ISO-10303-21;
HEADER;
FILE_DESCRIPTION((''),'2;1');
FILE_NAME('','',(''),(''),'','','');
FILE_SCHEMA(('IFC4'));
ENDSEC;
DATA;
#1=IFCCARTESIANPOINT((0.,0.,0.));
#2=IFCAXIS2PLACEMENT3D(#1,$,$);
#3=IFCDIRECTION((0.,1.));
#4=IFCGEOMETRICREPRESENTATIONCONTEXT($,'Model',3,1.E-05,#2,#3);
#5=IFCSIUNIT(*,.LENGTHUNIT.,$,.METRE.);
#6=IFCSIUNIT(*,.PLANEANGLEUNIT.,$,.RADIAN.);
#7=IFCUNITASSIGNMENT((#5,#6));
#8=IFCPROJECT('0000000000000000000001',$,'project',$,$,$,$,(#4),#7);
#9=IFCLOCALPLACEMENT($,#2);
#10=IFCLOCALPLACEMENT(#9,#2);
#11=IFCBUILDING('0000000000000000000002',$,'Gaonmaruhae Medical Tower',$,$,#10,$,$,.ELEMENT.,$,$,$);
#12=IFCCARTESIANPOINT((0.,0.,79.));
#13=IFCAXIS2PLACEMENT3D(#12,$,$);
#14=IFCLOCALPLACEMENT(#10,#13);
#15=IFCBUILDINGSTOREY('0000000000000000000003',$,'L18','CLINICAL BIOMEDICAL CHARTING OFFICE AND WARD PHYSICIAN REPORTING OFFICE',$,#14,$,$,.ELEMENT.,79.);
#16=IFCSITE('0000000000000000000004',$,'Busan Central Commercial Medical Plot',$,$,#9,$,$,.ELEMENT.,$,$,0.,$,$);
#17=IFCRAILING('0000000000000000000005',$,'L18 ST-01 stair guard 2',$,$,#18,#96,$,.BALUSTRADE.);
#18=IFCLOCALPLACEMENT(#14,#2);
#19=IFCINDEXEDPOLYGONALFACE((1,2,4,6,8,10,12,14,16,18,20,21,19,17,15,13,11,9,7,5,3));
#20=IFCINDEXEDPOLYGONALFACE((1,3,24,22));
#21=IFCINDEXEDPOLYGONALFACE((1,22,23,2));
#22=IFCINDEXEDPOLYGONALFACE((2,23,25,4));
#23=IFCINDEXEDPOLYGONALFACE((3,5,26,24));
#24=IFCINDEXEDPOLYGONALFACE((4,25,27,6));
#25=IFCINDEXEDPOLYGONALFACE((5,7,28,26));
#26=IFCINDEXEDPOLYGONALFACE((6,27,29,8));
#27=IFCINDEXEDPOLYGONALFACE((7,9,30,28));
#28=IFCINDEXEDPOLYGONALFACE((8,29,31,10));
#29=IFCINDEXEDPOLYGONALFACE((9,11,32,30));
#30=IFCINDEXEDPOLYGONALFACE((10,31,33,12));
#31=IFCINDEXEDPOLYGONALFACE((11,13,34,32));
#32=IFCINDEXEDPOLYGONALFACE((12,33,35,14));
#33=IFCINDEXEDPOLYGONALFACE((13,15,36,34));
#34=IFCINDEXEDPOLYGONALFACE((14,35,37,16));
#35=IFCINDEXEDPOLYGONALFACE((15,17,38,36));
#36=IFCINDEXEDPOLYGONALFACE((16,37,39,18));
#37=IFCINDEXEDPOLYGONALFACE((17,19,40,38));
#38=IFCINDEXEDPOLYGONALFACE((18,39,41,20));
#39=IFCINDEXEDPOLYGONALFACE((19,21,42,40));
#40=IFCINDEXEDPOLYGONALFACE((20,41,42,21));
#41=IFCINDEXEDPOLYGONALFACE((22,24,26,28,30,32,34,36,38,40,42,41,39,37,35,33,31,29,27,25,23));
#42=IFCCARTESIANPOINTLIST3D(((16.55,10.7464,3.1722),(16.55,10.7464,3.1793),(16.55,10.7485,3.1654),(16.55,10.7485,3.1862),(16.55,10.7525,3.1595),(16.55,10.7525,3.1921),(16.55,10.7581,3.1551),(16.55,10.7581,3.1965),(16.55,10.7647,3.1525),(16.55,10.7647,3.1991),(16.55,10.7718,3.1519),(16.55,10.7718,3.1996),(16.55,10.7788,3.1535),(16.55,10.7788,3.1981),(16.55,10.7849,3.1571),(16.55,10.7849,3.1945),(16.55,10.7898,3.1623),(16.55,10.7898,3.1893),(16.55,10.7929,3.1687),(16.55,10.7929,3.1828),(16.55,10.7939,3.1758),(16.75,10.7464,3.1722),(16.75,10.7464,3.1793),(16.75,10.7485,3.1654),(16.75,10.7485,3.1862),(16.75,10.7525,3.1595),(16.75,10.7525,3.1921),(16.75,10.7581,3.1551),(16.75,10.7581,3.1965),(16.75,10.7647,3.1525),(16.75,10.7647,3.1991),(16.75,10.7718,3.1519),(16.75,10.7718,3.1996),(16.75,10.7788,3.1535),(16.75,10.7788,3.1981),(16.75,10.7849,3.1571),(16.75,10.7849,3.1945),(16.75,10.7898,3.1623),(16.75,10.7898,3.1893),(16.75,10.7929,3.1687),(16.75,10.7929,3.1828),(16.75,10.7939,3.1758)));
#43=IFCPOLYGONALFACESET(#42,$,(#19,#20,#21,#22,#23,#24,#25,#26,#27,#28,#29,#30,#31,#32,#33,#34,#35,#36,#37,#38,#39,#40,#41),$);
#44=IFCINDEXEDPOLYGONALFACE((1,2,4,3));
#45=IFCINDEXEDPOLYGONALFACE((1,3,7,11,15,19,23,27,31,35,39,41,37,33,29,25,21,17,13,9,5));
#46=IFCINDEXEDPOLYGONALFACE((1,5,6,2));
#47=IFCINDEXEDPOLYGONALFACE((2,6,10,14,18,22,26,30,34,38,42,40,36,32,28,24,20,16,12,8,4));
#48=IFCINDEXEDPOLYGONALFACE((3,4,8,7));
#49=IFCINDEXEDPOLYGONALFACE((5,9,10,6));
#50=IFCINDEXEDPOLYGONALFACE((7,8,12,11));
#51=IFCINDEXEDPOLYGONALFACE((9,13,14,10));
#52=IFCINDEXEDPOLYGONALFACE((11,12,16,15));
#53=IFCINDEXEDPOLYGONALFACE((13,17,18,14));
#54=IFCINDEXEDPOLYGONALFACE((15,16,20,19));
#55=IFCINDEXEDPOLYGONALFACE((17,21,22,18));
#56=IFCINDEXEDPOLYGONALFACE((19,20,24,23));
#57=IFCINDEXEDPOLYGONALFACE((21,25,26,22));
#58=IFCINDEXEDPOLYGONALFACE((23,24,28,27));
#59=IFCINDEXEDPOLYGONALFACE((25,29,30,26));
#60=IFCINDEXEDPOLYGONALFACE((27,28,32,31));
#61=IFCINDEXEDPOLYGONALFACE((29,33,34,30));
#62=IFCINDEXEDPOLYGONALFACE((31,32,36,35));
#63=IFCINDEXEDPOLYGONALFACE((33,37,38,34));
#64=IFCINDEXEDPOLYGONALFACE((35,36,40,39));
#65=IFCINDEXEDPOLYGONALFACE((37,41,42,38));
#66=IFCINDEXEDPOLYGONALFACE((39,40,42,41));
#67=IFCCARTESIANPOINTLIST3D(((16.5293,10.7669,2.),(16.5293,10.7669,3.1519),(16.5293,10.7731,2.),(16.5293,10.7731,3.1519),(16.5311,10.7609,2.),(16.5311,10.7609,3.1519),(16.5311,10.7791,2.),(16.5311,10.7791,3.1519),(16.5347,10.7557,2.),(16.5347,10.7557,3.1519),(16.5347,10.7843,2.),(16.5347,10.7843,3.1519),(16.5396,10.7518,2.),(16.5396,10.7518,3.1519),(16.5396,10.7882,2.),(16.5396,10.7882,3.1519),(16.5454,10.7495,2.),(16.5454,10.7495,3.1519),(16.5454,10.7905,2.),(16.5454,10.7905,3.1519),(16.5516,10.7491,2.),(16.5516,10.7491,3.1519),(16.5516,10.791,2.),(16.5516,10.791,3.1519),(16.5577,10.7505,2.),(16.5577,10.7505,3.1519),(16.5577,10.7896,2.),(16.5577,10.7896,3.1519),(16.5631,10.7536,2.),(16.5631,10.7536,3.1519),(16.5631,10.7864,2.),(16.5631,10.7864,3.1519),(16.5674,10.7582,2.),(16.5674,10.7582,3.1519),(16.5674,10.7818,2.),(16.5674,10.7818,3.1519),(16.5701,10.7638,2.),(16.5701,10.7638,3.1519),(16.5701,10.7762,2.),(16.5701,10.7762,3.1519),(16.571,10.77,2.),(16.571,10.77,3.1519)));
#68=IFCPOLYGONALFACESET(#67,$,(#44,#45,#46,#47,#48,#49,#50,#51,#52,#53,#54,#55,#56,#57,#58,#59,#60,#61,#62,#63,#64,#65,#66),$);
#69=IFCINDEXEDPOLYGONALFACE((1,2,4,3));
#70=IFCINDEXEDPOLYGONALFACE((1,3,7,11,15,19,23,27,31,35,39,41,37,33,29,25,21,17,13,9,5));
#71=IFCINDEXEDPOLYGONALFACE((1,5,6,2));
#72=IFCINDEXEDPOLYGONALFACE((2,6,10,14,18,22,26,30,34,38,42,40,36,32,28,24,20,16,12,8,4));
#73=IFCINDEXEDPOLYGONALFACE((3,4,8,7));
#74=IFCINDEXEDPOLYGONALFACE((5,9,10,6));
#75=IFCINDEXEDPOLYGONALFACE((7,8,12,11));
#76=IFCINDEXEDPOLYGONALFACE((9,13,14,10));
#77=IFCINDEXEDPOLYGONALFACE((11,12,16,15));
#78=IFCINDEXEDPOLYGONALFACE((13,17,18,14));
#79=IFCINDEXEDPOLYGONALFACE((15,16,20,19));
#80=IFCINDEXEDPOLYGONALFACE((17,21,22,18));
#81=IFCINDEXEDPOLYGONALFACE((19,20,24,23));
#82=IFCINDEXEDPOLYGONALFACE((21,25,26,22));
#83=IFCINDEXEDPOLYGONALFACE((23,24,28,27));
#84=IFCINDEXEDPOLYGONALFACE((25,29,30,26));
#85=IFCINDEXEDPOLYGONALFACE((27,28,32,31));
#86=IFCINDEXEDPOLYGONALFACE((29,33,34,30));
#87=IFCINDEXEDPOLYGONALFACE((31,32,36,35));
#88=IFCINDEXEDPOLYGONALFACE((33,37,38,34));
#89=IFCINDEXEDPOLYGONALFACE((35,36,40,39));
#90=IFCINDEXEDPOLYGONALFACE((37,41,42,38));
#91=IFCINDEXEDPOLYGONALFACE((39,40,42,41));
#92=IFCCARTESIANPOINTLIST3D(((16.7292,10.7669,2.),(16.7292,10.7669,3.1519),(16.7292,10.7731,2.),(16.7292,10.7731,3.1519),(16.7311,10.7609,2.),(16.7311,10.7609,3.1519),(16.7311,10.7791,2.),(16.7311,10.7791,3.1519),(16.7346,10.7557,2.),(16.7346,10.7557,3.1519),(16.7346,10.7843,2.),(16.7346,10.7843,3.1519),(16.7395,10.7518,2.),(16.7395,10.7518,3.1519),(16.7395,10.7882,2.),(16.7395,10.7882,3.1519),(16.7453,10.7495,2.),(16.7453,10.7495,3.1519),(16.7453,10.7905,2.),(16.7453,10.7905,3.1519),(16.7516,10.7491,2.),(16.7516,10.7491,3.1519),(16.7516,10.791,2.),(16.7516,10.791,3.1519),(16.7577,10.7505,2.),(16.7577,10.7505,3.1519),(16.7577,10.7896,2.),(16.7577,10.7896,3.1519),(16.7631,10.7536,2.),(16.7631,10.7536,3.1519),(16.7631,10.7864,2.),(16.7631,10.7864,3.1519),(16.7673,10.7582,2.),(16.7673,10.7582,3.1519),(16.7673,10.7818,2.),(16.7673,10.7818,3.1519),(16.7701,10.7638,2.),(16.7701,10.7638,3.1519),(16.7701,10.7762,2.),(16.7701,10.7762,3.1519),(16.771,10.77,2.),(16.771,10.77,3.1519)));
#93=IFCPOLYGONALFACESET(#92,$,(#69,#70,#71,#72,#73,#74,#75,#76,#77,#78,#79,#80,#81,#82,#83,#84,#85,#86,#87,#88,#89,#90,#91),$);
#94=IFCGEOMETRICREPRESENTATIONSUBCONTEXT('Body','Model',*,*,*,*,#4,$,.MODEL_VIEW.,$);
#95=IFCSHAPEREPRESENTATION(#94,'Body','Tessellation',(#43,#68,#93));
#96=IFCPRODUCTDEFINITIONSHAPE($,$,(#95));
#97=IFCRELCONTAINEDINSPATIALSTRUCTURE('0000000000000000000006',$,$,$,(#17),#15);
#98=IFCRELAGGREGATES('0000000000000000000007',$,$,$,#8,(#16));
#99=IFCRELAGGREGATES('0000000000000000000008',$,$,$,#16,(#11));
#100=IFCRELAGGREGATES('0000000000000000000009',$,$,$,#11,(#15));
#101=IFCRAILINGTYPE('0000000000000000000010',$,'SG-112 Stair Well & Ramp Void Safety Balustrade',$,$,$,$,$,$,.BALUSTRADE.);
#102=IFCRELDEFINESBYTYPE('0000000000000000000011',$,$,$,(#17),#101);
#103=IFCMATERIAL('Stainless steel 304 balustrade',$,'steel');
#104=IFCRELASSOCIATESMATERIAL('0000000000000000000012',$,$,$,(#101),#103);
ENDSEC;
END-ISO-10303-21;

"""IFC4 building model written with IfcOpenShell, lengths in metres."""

from ifc_helpers import new_model, si_unit, direction, frame, origin, origin_2d, place, context, subcontext, project, spatial, circle, extrude, material, type_object, element, save


model = new_model("IFC4")

# Units and contexts
model_context = context("Model", 3, precision=1e-05, world=origin(), true_north=direction((0.0, 1.0)))
body_context = subcontext(model_context, "Body", "Model", "MODEL_VIEW")
ifc_project = project(units=[si_unit("LENGTHUNIT", "METRE"), si_unit("PLANEANGLEUNIT", "RADIAN")], contexts=[model_context])

# Site, building, storey
site_placement = place(None, origin())
site = spatial("IfcSite", under=ifc_project, at=site_placement, Name="Busan Central Commercial Medical Plot", CompositionType="ELEMENT", RefElevation=0.0)
building_placement = place(site_placement, origin())
building = spatial("IfcBuilding", under=site, at=building_placement, Name="Gaonmaruhae Medical Tower", CompositionType="ELEMENT")
storey_placement = place(building_placement, frame((0.0, 0.0, 79.0)))
storey = spatial("IfcBuildingStorey", under=building, at=storey_placement, Name="L18", Description="CLINICAL BIOMEDICAL CHARTING OFFICE AND WARD PHYSICIAN REPORTING OFFICE", CompositionType="ELEMENT", Elevation=79.0)

# Railing
ifc_material_1 = material(Name="Stainless steel 304 balustrade", Category="steel")
railing_type_1 = type_object("IfcRailingType", Name="SG-112 Stair Well & Ramp Void Safety Balustrade", PredefinedType="BALUSTRADE", material=ifc_material_1)
railing_1_placement = place(storey_placement, frame((16.55, 10.77, 2.0)))
element("IfcRailing", 1, at=railing_1_placement, inside=storey, type_object=railing_type_1, Name="L18 ST-01 stair guard 2", PredefinedType="BALUSTRADE", context=body_context, shape_type="SweptSolid", body=[
    extrude(circle(Radius=0.0239, at=origin_2d()), frame((0.0, 0.0, 1.1758), z_axis=(1.0, 0.0, 0.0), x_axis=(0.0, 1.0, 0.0)), (0.0, 0.0, 1.0), 0.2),
    extrude(circle(Radius=0.021, at=origin_2d()), origin(), (0.0, 0.0, 1.0), 1.1519),
    extrude(circle(Radius=0.021, at=origin_2d()), frame((0.2, 0.0, 0.0)), (0.0, 0.0, 1.0), 1.1519),
])

save(model, "model.ifc")
